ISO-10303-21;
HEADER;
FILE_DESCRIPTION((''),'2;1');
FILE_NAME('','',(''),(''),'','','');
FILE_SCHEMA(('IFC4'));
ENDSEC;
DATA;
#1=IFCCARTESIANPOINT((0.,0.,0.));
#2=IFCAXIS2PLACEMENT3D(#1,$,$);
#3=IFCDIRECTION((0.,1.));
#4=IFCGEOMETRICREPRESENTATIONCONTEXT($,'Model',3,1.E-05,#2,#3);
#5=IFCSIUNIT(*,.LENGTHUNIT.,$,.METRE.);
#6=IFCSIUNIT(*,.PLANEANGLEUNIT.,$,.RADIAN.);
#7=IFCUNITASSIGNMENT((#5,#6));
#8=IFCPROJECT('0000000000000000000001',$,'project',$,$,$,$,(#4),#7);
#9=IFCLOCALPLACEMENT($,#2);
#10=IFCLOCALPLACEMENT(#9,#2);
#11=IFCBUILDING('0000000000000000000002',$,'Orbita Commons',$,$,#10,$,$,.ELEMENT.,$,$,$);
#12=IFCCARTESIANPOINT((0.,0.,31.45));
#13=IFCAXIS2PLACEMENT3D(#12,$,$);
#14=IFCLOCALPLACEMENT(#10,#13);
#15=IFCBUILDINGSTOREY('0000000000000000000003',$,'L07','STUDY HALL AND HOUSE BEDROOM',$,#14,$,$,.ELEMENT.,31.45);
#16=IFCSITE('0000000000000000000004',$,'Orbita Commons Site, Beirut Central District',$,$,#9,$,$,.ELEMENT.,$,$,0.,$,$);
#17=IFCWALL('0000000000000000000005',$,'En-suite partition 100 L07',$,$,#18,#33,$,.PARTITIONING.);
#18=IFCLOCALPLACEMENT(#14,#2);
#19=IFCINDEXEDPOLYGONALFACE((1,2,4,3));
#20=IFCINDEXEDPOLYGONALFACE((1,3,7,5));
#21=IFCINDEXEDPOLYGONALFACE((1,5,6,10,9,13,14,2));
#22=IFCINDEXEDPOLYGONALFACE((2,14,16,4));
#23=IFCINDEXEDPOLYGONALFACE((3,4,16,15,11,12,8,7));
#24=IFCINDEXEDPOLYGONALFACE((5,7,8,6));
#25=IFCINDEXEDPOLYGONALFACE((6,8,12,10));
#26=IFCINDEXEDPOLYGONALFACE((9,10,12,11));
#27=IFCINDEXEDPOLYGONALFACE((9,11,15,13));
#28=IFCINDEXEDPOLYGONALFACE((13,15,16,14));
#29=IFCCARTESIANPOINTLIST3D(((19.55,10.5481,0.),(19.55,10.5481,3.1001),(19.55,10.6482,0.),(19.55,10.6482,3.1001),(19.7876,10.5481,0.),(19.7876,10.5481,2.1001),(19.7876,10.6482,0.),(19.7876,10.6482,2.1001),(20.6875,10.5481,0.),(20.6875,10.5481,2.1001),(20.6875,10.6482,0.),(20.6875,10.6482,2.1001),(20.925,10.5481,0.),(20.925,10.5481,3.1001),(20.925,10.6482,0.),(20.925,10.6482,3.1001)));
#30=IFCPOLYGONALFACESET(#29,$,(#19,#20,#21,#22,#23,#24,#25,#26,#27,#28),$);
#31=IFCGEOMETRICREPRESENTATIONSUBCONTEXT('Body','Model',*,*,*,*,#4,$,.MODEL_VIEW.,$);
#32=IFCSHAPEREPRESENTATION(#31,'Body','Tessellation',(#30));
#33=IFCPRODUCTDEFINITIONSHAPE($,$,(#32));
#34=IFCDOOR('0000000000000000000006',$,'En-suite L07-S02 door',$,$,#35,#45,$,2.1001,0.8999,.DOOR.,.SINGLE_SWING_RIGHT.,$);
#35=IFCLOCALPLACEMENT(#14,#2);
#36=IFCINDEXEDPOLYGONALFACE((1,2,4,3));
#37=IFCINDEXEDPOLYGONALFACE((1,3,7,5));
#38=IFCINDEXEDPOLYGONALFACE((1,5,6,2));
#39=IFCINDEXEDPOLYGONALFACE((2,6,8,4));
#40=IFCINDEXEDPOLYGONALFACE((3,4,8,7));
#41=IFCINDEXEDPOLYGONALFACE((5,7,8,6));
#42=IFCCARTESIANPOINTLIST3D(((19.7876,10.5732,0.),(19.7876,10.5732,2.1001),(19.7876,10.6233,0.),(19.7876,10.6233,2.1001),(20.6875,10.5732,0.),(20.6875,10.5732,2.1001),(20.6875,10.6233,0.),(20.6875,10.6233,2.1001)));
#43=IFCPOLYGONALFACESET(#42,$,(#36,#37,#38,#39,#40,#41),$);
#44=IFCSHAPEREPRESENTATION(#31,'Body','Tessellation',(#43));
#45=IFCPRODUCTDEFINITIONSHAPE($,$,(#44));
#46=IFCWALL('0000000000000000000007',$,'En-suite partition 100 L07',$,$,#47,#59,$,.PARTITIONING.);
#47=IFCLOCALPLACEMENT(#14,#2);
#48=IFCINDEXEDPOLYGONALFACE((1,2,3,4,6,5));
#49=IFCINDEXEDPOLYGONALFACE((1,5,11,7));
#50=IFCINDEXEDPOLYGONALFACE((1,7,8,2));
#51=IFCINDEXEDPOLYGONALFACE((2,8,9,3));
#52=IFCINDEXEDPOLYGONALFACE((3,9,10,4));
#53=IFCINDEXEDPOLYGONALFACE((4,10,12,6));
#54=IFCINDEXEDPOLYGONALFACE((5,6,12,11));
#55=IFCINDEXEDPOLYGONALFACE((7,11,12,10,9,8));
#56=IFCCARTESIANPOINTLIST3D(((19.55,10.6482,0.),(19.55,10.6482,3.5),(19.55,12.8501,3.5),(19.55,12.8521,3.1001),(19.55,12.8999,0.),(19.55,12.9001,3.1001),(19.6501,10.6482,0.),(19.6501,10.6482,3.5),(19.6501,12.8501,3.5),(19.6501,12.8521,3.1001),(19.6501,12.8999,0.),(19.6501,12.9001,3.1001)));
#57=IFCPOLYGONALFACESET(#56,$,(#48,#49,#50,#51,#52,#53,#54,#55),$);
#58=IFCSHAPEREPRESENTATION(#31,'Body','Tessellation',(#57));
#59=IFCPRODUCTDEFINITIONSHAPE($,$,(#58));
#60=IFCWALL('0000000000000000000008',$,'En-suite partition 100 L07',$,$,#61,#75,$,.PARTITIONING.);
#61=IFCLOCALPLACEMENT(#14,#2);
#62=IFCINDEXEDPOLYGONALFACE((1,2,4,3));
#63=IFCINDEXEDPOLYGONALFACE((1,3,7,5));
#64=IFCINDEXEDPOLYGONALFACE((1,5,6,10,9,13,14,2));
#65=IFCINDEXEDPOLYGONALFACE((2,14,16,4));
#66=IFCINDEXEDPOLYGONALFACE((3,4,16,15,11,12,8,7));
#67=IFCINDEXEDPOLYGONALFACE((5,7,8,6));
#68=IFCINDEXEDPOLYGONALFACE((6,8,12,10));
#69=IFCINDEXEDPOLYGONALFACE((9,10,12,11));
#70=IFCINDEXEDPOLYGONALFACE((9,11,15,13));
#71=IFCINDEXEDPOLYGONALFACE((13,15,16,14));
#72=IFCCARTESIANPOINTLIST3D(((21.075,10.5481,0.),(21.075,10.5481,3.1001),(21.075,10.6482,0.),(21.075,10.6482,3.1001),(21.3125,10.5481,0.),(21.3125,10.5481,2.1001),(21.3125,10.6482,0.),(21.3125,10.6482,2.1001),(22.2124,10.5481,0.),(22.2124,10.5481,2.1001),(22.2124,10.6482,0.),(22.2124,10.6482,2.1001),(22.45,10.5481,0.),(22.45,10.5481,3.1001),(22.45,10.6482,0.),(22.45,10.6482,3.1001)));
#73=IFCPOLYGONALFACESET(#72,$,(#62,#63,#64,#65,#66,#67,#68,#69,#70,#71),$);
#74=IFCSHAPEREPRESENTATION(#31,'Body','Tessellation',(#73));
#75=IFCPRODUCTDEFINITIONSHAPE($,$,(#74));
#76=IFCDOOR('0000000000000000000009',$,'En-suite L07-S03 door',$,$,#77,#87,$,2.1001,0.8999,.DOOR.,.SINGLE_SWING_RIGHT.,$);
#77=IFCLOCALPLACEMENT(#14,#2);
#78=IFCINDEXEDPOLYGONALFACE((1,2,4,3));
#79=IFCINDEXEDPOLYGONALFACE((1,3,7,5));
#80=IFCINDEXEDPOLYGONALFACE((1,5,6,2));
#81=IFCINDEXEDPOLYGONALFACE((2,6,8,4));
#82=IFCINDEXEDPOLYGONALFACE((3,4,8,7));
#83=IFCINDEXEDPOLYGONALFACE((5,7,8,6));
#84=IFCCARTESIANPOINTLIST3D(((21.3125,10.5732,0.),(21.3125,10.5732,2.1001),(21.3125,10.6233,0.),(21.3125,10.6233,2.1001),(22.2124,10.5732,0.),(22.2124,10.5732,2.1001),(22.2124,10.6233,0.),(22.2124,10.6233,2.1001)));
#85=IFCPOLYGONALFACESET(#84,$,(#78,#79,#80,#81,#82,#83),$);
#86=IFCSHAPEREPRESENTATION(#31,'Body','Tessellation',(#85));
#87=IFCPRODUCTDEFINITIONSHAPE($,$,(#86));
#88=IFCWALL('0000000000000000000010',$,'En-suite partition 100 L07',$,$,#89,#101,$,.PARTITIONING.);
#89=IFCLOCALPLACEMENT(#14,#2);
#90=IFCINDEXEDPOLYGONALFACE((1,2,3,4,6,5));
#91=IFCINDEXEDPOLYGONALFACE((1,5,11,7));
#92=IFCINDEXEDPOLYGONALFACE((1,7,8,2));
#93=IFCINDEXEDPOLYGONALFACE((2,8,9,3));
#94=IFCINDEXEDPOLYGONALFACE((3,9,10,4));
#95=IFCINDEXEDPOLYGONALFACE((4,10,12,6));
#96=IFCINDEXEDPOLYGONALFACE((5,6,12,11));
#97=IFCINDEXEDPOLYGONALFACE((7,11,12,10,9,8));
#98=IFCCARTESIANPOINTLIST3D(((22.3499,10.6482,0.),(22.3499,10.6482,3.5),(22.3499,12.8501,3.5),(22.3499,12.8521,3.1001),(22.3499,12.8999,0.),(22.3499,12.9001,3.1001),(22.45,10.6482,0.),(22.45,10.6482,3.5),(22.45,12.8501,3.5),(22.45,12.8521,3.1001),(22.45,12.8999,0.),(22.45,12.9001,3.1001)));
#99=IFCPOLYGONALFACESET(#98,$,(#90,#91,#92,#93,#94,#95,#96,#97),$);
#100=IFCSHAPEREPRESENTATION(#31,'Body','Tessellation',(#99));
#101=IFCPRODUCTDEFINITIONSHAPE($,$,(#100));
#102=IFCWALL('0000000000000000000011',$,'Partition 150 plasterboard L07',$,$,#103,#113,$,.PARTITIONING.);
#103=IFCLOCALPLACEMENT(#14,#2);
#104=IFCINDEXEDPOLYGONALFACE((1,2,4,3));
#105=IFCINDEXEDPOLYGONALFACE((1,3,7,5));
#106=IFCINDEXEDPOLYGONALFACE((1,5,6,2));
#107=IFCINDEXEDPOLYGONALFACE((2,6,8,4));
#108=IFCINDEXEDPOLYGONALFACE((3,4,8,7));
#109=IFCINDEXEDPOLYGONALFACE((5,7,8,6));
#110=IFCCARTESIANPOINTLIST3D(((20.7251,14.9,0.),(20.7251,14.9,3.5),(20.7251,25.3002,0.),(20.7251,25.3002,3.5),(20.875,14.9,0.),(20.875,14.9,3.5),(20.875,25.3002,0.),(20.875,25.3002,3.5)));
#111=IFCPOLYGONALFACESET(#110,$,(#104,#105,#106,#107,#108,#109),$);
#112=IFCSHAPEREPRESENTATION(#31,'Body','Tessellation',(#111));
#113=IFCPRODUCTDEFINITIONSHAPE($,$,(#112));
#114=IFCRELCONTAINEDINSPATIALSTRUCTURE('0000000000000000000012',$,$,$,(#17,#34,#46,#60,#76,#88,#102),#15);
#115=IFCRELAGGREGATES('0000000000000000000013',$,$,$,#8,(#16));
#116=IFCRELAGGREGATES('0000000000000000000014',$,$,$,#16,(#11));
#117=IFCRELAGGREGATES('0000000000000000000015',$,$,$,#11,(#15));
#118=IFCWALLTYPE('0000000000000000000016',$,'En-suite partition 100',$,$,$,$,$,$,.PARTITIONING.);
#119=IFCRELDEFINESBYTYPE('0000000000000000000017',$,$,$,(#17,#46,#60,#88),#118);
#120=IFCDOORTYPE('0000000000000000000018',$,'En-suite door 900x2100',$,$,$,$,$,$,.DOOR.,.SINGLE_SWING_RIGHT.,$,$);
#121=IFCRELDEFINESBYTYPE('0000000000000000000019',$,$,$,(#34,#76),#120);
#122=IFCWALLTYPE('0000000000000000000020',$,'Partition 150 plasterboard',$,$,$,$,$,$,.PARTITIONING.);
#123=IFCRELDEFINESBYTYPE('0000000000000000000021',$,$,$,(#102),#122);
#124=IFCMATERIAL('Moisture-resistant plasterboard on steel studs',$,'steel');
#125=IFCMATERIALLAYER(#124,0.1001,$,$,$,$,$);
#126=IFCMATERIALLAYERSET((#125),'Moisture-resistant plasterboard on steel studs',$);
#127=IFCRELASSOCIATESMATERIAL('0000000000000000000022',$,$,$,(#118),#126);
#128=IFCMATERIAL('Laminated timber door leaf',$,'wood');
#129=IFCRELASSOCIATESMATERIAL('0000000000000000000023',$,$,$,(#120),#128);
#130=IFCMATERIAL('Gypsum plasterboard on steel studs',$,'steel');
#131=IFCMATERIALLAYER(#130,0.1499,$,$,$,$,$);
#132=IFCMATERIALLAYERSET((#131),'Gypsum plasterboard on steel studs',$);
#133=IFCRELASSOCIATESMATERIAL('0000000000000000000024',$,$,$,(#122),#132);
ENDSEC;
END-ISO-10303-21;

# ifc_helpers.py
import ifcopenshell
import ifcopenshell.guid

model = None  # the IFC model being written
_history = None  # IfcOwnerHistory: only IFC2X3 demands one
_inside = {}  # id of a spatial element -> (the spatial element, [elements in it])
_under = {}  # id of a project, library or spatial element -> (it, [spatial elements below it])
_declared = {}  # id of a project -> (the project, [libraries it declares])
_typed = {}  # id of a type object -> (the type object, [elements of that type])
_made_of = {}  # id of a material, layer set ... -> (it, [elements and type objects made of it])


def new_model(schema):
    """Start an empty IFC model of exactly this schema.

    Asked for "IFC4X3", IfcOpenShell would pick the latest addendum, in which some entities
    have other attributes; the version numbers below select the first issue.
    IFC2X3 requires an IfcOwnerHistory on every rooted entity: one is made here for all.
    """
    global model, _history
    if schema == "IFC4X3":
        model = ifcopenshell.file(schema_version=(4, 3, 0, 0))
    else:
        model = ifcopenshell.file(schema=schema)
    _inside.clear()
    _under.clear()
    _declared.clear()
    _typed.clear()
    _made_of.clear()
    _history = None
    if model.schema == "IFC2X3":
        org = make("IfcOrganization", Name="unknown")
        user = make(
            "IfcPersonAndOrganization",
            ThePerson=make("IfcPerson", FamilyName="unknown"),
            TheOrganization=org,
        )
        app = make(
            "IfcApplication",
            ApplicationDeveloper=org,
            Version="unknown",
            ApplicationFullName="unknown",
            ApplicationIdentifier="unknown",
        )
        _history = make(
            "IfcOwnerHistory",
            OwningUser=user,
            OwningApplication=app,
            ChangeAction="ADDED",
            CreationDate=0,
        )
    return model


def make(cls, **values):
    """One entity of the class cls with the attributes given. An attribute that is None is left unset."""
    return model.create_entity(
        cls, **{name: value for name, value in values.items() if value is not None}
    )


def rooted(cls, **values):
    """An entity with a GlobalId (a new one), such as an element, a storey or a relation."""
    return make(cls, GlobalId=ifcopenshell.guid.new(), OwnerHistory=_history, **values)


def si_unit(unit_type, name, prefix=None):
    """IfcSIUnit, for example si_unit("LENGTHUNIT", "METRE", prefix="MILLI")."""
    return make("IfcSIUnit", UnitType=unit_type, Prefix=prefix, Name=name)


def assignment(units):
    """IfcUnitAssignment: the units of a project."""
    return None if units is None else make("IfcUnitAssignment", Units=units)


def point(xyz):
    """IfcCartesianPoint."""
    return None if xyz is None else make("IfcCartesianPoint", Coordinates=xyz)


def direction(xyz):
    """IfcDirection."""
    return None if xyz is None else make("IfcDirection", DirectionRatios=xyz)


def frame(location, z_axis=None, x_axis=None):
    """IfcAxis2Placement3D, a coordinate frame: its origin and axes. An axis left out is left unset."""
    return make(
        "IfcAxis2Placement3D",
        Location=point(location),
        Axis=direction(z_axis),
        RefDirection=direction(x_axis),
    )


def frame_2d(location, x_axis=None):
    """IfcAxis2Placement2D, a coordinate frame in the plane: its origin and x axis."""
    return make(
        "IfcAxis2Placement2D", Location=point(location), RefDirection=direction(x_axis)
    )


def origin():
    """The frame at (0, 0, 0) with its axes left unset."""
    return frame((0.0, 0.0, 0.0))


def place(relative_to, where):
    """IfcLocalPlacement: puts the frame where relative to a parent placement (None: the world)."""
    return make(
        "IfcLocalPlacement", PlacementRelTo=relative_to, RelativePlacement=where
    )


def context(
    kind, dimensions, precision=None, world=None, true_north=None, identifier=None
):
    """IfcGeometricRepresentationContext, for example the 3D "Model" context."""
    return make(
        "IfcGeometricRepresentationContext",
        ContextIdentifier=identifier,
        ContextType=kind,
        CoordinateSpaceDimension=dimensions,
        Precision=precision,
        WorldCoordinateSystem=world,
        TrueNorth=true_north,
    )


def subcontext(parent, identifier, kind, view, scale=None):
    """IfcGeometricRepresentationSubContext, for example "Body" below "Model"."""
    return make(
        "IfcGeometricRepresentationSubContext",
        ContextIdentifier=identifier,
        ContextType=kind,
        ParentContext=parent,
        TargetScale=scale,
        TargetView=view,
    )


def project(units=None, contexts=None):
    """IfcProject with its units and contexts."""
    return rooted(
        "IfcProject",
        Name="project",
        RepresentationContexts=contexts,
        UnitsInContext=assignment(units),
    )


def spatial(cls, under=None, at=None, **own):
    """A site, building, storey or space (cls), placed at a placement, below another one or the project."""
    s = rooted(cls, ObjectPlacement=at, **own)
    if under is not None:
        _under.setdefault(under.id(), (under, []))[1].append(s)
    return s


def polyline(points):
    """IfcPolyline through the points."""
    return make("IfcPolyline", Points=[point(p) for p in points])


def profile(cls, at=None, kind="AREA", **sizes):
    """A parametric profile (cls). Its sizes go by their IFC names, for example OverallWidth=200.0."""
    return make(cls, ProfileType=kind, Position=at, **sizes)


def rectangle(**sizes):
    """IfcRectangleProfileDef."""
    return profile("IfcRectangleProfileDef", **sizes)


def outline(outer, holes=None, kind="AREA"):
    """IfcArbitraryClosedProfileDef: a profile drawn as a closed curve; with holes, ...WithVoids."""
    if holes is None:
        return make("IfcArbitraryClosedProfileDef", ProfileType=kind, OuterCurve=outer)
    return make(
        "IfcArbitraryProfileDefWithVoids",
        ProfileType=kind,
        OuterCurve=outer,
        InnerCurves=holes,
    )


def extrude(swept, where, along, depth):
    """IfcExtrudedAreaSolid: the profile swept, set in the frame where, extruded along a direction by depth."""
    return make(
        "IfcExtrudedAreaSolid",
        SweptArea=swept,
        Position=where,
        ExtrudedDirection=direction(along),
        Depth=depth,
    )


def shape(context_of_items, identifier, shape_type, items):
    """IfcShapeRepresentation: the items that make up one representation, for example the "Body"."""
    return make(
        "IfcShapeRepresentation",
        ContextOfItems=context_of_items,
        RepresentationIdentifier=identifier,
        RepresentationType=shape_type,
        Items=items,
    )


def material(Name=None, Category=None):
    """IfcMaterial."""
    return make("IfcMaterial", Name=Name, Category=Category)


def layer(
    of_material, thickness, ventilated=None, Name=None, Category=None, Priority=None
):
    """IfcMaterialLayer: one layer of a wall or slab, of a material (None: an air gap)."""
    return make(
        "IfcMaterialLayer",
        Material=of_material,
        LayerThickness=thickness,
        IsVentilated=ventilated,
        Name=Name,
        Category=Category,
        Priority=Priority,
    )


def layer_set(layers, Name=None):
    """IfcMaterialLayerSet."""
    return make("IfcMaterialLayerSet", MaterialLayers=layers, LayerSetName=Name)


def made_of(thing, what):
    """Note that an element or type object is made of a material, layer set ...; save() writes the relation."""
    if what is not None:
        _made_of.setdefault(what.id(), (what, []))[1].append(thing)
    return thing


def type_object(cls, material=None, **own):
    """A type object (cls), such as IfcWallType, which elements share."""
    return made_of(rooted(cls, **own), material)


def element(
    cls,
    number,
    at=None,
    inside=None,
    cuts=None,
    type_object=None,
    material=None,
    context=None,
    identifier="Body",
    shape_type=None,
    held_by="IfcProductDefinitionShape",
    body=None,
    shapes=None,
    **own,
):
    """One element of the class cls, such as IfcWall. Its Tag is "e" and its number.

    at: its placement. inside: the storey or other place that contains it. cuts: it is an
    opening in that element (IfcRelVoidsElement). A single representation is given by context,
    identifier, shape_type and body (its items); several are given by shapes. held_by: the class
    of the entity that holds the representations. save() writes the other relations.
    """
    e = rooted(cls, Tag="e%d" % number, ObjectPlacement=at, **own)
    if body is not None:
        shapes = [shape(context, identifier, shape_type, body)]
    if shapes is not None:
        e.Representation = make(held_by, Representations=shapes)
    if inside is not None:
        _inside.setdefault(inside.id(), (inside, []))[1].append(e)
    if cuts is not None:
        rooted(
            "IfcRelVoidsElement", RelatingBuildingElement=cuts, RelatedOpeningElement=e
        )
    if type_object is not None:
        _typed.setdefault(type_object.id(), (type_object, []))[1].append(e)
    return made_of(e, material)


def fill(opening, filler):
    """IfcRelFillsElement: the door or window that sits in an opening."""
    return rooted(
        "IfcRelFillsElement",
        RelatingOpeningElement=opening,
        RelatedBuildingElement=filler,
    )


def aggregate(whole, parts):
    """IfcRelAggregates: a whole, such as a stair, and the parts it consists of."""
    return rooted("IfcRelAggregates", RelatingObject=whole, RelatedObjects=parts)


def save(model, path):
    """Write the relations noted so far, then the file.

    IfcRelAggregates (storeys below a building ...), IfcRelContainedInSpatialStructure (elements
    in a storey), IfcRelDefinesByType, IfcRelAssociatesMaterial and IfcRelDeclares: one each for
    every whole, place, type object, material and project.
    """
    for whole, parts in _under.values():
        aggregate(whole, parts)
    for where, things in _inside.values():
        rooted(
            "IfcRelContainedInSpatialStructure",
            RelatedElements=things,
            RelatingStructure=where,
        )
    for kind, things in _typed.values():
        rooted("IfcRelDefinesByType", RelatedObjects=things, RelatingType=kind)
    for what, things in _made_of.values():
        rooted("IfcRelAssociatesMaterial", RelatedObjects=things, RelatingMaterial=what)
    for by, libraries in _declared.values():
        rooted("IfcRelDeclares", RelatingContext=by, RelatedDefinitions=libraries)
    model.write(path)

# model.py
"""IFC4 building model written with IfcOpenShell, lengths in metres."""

from ifc_helpers import new_model, si_unit, direction, frame, frame_2d, origin, place, context, subcontext, project, spatial, polyline, rectangle, outline, extrude, material, layer, layer_set, type_object, element, fill, save


model = new_model("IFC4")

# Units and contexts
model_context = context("Model", 3, precision=1e-05, world=origin(), true_north=direction((0.0, 1.0)))
body_context = subcontext(model_context, "Body", "Model", "MODEL_VIEW")
ifc_project = project(units=[si_unit("LENGTHUNIT", "METRE"), si_unit("PLANEANGLEUNIT", "RADIAN")], contexts=[model_context])

# Site, building, storey
site_placement = place(None, origin())
site = spatial("IfcSite", under=ifc_project, at=site_placement, Name="Orbita Commons Site, Beirut Central District", CompositionType="ELEMENT", RefElevation=0.0)
building_placement = place(site_placement, origin())
building = spatial("IfcBuilding", under=site, at=building_placement, Name="Orbita Commons", CompositionType="ELEMENT")
storey_placement = place(building_placement, frame((0.0, 0.0, 31.45)))
storey = spatial("IfcBuildingStorey", under=building, at=storey_placement, Name="L07", Description="STUDY HALL AND HOUSE BEDROOM", CompositionType="ELEMENT", Elevation=31.45)

# Wall, opening, door
ifc_material_1 = material(Name="Moisture-resistant plasterboard on steel studs", Category="steel")
ifc_layer_1 = layer(ifc_material_1, 0.1001)
ifc_layer_set_1 = layer_set([ifc_layer_1], Name="Moisture-resistant plasterboard on steel studs")
wall_type_1 = type_object("IfcWallType", Name="En-suite partition 100", PredefinedType="PARTITIONING", material=ifc_layer_set_1)
ifc_material_2 = material(Name="Laminated timber door leaf", Category="wood")
door_type_1 = type_object("IfcDoorType", Name="En-suite door 900x2100", OperationType="SINGLE_SWING_RIGHT", PredefinedType="DOOR", material=ifc_material_2)
wall_1_placement = place(storey_placement, frame((20.925, 10.5981, 0.0), z_axis=(0.0, 0.0, 1.0), x_axis=(-1.0, 0.0, 0.0)))
wall_1 = element("IfcWall", 1, at=wall_1_placement, inside=storey, type_object=wall_type_1, Name="En-suite partition 100 L07", PredefinedType="PARTITIONING", context=body_context, shape_type="SweptSolid", body=[
    extrude(outline(polyline([(0.0, 0.0), (1.375, 0.0), (1.375, 3.1001), (0.0, 3.1001), (0.0, 0.0)])), frame((0.0, 0.05, 0.0), z_axis=(0.0, -1.0, 0.0), x_axis=(1.0, 0.0, 0.0)), (0.0, 0.0, 1.0), 0.1001),
])
opening_1_placement = place(wall_1_placement, frame((0.2375, 0.0, 0.0)))
opening_1 = element("IfcOpeningElement", 2, at=opening_1_placement, cuts=wall_1, PredefinedType="OPENING", context=body_context, shape_type="SweptSolid", body=[
    extrude(rectangle(XDim=0.8999, YDim=2.1001, at=frame_2d((0.45, 1.05))), frame((0.0, 0.0601, 0.0), z_axis=(0.0, -1.0, 0.0), x_axis=(1.0, 0.0, 0.0)), (0.0, 0.0, 1.0), 0.1201),
])
door_1_placement = place(opening_1_placement, origin())
door_1 = element("IfcDoor", 3, at=door_1_placement, inside=storey, type_object=door_type_1, Name="En-suite L07-S02 door", OperationType="SINGLE_SWING_RIGHT", OverallHeight=2.1001, OverallWidth=0.8999, PredefinedType="DOOR", context=body_context, shape_type="SweptSolid", body=[
    extrude(rectangle(XDim=0.8999, YDim=2.1001, at=frame_2d((0.45, 1.05))), frame((0.0, 0.0249, 0.0), z_axis=(0.0, -1.0, 0.0), x_axis=(1.0, 0.0, 0.0)), (0.0, 0.0, 1.0), 0.05),
])
fill(opening_1, door_1)

# Wall
wall_2_placement = place(storey_placement, frame((19.6001, 10.6482, 0.0), z_axis=(0.0, 0.0, 1.0), x_axis=(0.0, 1.0, 0.0)))
element("IfcWall", 4, at=wall_2_placement, inside=storey, type_object=wall_type_1, Name="En-suite partition 100 L07", PredefinedType="PARTITIONING", context=body_context, shape_type="SweptSolid", body=[
    extrude(outline(polyline([(0.0, 0.0), (2.2517, 0.0), (2.252, 3.1001), (2.2039, 3.1001), (2.2019, 3.5), (0.0, 3.5), (0.0, 0.0)])), frame((0.0, 0.05, 0.0), z_axis=(0.0, -1.0, 0.0), x_axis=(1.0, 0.0, 0.0)), (0.0, 0.0, 1.0), 0.1001),
])

# Wall, opening, door
wall_3_placement = place(storey_placement, frame((22.45, 10.5981, 0.0), z_axis=(0.0, 0.0, 1.0), x_axis=(-1.0, 0.0, 0.0)))
wall_3 = element("IfcWall", 5, at=wall_3_placement, inside=storey, type_object=wall_type_1, Name="En-suite partition 100 L07", PredefinedType="PARTITIONING", context=body_context, shape_type="SweptSolid", body=[
    extrude(outline(polyline([(0.0, 0.0), (1.375, 0.0), (1.375, 3.1001), (0.0, 3.1001), (0.0, 0.0)])), frame((0.0, 0.05, 0.0), z_axis=(0.0, -1.0, 0.0), x_axis=(1.0, 0.0, 0.0)), (0.0, 0.0, 1.0), 0.1001),
])
opening_2_placement = place(wall_3_placement, frame((0.2375, 0.0, 0.0)))
opening_2 = element("IfcOpeningElement", 6, at=opening_2_placement, cuts=wall_3, PredefinedType="OPENING", context=body_context, shape_type="SweptSolid", body=[
    extrude(rectangle(XDim=0.8999, YDim=2.1001, at=frame_2d((0.45, 1.05))), frame((0.0, 0.0601, 0.0), z_axis=(0.0, -1.0, 0.0), x_axis=(1.0, 0.0, 0.0)), (0.0, 0.0, 1.0), 0.1201),
])
door_2_placement = place(opening_2_placement, origin())
door_2 = element("IfcDoor", 7, at=door_2_placement, inside=storey, type_object=door_type_1, Name="En-suite L07-S03 door", OperationType="SINGLE_SWING_RIGHT", OverallHeight=2.1001, OverallWidth=0.8999, PredefinedType="DOOR", context=body_context, shape_type="SweptSolid", body=[
    extrude(rectangle(XDim=0.8999, YDim=2.1001, at=frame_2d((0.45, 1.05))), frame((0.0, 0.0249, 0.0), z_axis=(0.0, -1.0, 0.0), x_axis=(1.0, 0.0, 0.0)), (0.0, 0.0, 1.0), 0.05),
])
fill(opening_2, door_2)

# Walls
wall_4_placement = place(storey_placement, frame((22.3999, 10.6482, 0.0), z_axis=(0.0, 0.0, 1.0), x_axis=(0.0, 1.0, 0.0)))
element("IfcWall", 8, at=wall_4_placement, inside=storey, type_object=wall_type_1, Name="En-suite partition 100 L07", PredefinedType="PARTITIONING", context=body_context, shape_type="SweptSolid", body=[
    extrude(outline(polyline([(0.0, 0.0), (2.2517, 0.0), (2.252, 3.1001), (2.2039, 3.1001), (2.2019, 3.5), (0.0, 3.5), (0.0, 0.0)])), frame((0.0, 0.05, 0.0), z_axis=(0.0, -1.0, 0.0), x_axis=(1.0, 0.0, 0.0)), (0.0, 0.0, 1.0), 0.1001),
])
ifc_material_3 = material(Name="Gypsum plasterboard on steel studs", Category="steel")
ifc_layer_2 = layer(ifc_material_3, 0.1499)
ifc_layer_set_2 = layer_set([ifc_layer_2], Name="Gypsum plasterboard on steel studs")
wall_type_2 = type_object("IfcWallType", Name="Partition 150 plasterboard", PredefinedType="PARTITIONING", material=ifc_layer_set_2)
wall_5_placement = place(storey_placement, frame((20.8, 14.8999, 0.0), z_axis=(0.0, 0.0, 1.0), x_axis=(0.0, 1.0, 0.0)))
element("IfcWall", 9, at=wall_5_placement, inside=storey, type_object=wall_type_2, Name="Partition 150 plasterboard L07", PredefinedType="PARTITIONING", context=body_context, shape_type="SweptSolid", body=[
    extrude(rectangle(XDim=10.4001, YDim=0.1499, at=frame_2d((5.2002, 0.0))), origin(), (0.0, 0.0, 1.0), 3.5),
])

save(model, "model.ifc")
